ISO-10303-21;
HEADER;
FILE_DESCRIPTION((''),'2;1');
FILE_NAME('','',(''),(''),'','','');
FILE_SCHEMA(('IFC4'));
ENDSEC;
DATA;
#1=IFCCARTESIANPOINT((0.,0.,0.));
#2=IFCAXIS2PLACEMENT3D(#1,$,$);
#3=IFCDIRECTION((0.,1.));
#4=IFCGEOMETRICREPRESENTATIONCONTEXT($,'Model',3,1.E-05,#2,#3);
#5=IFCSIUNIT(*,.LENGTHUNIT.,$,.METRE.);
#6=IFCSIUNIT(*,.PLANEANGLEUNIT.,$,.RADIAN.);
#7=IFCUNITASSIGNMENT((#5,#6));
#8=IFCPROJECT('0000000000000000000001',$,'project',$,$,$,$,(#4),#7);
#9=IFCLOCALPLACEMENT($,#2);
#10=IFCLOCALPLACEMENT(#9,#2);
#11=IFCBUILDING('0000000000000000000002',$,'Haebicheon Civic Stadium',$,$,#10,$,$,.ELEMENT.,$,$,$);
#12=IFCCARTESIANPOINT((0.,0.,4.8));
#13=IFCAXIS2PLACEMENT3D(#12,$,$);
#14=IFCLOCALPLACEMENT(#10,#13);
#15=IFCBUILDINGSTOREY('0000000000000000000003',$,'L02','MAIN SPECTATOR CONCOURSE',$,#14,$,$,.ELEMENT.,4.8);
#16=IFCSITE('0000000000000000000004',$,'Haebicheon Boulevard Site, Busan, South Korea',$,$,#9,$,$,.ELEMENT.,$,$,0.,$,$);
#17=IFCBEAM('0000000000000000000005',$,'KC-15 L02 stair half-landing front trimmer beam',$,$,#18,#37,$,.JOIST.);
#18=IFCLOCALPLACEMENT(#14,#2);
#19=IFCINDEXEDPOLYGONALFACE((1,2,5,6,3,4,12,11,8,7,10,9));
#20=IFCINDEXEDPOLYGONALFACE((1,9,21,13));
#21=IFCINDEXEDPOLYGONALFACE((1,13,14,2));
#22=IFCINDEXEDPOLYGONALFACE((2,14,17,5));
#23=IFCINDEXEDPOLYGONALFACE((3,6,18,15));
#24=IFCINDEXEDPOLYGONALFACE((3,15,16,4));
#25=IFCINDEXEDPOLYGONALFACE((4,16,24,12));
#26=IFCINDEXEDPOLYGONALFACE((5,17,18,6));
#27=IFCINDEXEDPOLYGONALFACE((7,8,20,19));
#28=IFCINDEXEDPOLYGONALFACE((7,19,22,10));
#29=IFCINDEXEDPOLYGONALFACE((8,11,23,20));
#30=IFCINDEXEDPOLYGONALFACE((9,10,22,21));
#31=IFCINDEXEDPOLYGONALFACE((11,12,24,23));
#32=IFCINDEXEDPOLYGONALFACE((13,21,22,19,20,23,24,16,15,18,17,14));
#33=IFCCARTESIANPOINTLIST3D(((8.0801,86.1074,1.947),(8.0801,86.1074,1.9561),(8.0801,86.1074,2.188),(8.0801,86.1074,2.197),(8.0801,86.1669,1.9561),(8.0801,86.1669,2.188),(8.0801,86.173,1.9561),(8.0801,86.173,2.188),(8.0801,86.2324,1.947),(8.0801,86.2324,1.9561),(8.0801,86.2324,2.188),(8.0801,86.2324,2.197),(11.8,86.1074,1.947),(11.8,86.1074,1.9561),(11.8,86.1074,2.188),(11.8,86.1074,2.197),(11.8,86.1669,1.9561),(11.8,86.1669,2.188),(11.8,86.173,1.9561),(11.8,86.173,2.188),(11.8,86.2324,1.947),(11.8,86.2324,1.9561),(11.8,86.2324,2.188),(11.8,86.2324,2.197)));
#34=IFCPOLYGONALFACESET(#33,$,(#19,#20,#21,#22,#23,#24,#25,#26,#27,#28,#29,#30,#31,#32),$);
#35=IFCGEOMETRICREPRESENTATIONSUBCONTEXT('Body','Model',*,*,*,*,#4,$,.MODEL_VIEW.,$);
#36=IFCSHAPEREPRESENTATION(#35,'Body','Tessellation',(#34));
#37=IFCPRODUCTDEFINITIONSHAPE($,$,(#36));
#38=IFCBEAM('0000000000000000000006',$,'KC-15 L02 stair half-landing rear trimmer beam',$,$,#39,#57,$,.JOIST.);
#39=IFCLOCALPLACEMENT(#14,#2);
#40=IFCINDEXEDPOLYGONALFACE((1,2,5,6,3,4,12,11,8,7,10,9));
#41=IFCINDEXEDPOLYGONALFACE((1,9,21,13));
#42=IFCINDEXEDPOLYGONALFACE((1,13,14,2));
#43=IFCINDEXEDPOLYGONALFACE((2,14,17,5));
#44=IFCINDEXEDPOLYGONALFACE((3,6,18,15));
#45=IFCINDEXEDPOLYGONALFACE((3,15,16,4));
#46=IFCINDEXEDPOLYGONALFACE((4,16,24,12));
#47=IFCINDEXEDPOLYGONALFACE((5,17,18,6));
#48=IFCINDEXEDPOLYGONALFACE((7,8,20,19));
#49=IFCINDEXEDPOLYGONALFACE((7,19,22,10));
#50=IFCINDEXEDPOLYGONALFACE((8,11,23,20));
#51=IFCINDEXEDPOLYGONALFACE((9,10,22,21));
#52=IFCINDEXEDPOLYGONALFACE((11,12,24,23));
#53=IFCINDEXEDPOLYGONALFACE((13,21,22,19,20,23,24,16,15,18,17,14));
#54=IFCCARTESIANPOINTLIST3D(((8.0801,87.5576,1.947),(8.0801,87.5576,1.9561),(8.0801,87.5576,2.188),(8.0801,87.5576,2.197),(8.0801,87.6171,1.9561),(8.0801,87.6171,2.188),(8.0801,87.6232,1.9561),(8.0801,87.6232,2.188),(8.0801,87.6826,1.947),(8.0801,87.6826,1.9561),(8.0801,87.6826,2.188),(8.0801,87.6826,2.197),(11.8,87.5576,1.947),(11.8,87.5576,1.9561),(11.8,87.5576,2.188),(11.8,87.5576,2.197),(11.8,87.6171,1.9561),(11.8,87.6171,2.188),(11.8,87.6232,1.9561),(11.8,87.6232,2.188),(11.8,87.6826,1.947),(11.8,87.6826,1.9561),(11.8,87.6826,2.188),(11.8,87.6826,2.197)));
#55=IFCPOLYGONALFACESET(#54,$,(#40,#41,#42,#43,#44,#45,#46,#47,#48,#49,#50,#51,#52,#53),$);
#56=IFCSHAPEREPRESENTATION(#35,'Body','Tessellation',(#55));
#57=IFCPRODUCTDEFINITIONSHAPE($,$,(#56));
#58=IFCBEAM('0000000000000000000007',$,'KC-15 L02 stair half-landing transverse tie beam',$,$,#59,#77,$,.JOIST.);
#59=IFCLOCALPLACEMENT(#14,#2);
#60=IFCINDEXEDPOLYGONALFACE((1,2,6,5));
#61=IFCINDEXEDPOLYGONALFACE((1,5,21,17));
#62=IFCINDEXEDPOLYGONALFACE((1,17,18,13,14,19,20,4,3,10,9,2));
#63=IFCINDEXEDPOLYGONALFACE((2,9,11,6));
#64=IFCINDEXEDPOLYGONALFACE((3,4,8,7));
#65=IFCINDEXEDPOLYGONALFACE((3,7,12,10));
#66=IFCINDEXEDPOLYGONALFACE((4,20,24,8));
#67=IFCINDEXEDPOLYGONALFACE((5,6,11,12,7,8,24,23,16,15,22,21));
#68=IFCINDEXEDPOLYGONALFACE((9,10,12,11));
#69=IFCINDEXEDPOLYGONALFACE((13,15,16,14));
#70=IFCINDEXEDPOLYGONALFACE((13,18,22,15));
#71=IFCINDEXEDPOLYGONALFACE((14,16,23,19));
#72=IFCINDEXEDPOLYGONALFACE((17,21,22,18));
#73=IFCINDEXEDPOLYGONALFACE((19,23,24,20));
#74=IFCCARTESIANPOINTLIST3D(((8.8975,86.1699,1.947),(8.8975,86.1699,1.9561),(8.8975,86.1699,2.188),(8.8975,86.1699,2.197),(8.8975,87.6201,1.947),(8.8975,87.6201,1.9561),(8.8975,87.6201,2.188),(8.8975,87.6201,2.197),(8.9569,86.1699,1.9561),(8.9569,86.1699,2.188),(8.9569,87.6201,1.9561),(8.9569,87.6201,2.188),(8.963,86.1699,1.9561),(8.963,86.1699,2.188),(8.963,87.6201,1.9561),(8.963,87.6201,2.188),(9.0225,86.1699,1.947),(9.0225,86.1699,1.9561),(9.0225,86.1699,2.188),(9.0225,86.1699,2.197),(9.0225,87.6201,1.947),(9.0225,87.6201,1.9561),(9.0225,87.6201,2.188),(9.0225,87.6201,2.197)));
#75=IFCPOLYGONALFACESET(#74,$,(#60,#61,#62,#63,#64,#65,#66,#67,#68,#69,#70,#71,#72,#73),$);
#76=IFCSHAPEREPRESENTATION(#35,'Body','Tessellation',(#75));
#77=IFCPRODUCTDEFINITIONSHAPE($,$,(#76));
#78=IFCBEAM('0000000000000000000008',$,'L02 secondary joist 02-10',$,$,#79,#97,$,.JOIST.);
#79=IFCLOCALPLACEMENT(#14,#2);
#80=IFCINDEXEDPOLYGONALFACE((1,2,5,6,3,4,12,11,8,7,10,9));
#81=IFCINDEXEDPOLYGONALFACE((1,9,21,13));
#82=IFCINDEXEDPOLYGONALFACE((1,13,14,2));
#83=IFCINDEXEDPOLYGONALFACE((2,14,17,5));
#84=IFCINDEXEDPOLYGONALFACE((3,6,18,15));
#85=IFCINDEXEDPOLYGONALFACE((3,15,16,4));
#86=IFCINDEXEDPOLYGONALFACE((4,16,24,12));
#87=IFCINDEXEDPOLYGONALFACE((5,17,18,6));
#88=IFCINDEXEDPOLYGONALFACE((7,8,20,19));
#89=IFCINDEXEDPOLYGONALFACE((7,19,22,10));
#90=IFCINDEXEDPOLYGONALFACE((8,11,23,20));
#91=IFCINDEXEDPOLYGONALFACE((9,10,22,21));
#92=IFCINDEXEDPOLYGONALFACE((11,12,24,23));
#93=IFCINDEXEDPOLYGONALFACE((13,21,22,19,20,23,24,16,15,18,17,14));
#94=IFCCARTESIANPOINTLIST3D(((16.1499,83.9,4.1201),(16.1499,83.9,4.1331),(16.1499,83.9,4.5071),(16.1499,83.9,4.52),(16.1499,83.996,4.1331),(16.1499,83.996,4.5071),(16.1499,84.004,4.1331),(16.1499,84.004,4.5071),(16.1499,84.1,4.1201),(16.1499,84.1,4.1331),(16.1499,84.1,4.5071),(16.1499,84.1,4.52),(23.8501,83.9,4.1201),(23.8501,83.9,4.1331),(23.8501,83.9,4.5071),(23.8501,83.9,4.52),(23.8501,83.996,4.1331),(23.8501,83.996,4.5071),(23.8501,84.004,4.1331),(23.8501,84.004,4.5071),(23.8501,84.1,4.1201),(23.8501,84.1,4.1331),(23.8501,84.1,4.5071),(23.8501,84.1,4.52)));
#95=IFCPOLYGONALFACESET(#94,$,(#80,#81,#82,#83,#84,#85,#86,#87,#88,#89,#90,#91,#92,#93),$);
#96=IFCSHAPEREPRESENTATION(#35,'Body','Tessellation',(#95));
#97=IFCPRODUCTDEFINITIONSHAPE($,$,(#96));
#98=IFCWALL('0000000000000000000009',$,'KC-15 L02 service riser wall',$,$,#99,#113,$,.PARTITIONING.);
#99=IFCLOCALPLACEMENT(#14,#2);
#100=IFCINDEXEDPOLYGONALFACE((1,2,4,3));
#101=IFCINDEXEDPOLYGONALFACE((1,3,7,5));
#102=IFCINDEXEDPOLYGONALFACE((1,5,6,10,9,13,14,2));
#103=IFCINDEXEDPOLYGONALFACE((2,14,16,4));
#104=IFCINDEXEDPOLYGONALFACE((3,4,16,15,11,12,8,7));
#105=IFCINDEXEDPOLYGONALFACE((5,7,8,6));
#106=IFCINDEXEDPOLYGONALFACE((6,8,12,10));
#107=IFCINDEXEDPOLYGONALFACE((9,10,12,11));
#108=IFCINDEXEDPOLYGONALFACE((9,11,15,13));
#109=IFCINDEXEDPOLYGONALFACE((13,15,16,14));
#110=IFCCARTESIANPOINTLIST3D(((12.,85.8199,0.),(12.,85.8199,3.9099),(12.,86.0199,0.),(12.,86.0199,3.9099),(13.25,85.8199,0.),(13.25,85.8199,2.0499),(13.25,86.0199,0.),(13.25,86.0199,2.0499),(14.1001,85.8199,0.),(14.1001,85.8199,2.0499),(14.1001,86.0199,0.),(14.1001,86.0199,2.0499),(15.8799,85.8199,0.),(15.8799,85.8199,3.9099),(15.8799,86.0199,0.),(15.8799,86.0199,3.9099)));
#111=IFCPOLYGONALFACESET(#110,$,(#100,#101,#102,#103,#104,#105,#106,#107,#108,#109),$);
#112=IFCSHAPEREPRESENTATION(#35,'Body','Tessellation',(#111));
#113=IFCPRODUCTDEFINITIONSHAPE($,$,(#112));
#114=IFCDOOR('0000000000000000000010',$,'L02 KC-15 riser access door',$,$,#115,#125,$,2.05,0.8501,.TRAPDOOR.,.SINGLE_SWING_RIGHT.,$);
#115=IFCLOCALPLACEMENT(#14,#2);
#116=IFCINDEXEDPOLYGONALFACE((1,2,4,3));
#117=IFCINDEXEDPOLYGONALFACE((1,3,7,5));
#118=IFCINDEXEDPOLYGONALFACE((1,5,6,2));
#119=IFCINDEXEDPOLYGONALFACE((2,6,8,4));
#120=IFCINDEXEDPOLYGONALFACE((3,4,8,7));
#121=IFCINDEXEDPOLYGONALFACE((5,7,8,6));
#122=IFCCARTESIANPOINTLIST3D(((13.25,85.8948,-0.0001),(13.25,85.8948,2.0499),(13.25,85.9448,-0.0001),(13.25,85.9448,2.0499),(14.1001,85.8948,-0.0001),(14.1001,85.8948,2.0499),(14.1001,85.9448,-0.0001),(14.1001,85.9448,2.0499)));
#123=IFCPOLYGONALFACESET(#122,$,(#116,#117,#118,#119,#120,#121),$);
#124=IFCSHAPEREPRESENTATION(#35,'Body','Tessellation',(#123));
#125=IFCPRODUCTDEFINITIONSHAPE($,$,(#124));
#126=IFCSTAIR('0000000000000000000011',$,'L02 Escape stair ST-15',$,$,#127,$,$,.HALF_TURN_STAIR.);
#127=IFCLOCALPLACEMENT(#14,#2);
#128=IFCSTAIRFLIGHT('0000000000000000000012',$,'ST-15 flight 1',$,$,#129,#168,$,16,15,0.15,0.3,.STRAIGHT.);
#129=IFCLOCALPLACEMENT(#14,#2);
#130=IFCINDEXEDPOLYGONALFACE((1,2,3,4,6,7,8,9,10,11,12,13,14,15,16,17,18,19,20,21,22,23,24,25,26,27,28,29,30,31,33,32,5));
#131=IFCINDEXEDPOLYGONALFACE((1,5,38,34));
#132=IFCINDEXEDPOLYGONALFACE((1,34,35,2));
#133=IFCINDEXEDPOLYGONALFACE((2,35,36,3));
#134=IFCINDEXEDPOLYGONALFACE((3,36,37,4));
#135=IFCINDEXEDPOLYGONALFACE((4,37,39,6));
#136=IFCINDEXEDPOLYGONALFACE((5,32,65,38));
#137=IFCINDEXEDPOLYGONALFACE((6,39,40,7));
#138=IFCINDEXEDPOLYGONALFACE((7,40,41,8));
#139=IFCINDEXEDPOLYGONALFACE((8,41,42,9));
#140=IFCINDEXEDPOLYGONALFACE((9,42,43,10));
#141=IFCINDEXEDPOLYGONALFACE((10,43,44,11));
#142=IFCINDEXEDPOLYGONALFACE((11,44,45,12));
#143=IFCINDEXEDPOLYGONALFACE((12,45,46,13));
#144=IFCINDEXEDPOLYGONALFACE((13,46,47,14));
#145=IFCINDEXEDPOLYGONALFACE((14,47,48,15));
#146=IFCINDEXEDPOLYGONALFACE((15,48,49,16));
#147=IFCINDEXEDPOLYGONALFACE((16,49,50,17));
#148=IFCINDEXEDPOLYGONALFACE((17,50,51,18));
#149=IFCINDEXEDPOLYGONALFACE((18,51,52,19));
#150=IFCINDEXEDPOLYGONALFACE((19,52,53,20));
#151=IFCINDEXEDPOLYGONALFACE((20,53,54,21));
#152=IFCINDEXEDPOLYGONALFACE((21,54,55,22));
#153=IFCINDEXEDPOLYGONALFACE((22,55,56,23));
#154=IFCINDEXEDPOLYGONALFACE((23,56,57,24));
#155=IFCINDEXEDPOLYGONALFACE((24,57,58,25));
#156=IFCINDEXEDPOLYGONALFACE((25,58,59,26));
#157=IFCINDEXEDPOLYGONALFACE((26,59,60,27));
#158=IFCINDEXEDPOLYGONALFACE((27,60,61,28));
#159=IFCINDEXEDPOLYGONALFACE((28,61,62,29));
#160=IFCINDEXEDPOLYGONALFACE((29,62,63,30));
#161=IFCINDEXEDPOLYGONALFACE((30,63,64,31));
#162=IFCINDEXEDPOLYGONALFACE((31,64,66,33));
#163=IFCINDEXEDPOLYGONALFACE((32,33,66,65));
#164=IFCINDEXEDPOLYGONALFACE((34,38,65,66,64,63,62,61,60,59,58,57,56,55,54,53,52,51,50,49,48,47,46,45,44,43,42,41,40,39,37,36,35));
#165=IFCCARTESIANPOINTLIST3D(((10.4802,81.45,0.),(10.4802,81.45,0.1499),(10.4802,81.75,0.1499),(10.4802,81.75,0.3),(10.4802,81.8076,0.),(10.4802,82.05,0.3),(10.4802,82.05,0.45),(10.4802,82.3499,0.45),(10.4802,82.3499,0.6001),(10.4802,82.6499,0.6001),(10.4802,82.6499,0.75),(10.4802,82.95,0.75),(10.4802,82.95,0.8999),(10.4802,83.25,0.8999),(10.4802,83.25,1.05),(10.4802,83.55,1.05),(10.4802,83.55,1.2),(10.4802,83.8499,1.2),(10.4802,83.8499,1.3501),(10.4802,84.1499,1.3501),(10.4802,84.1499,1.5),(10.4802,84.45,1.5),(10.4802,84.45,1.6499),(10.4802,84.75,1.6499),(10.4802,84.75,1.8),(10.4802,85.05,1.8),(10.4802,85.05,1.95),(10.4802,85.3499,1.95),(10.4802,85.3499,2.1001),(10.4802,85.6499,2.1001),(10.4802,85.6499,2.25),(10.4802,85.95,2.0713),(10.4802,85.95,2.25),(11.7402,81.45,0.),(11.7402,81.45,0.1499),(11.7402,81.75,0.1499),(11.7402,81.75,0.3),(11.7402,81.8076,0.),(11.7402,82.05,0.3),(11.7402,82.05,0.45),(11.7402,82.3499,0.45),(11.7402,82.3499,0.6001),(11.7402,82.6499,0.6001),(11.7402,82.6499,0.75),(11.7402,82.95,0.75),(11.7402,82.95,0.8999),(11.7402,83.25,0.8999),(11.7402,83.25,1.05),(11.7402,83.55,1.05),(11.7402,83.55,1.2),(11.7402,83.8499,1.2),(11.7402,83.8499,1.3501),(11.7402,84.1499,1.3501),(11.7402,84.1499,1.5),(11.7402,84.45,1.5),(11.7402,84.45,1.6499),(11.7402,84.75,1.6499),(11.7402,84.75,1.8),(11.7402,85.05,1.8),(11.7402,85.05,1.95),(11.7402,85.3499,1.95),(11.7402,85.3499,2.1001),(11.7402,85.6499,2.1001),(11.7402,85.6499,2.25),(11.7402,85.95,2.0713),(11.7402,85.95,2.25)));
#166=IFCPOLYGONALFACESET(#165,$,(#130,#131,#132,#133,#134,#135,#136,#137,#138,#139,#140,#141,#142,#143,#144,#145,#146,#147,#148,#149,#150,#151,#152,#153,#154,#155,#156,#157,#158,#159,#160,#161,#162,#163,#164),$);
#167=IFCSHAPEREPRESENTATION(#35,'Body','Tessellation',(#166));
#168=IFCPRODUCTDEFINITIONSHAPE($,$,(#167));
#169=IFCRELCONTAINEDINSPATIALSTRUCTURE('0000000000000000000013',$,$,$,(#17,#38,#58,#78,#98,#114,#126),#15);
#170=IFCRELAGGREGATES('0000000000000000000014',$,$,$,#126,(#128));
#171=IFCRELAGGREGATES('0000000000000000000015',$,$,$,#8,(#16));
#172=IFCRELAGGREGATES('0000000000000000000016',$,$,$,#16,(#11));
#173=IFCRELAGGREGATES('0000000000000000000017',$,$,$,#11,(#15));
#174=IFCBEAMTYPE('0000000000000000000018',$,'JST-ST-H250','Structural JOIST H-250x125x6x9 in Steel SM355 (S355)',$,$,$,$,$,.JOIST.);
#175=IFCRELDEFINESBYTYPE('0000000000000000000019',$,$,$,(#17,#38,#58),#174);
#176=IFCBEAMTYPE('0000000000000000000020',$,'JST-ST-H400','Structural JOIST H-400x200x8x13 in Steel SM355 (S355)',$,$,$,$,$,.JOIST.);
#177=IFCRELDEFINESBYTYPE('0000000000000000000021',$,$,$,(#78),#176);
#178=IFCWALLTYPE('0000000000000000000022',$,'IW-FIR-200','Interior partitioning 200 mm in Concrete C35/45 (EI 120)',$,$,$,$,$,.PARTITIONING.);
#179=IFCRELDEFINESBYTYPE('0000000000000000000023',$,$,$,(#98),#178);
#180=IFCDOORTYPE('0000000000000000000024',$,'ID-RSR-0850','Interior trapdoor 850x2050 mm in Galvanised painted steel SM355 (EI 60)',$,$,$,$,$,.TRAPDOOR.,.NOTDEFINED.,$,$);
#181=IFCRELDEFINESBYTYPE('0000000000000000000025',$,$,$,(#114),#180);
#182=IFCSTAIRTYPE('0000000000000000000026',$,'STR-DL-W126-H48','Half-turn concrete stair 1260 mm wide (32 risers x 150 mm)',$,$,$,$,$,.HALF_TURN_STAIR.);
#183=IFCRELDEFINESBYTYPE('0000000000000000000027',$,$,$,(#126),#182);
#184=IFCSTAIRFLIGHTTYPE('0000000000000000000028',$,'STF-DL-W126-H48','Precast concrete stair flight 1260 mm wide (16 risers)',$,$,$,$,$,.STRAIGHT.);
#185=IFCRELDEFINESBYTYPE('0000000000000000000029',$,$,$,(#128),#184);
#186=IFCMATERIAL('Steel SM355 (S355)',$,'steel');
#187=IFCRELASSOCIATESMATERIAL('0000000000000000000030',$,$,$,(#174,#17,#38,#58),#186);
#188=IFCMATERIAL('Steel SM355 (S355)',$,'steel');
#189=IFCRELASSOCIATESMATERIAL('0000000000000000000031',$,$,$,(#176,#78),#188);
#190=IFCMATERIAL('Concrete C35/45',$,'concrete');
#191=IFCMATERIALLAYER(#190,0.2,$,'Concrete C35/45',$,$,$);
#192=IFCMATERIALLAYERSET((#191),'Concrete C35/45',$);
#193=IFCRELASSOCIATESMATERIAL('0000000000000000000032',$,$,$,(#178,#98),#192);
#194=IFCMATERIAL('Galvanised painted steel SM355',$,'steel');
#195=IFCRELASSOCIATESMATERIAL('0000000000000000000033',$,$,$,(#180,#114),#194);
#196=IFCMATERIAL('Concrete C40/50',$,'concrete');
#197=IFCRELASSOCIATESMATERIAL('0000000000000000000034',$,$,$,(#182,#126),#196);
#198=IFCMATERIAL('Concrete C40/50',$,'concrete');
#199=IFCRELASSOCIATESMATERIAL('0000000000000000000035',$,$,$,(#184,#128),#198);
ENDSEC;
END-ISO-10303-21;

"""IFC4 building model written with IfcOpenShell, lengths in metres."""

from ifc_helpers import new_model, si_unit, direction, frame, frame_2d, origin, origin_2d, place, context, subcontext, project, spatial, polyline, rectangle, i_section, outline, extrude, material, layer, layer_set, material_profile, profile_set, type_object, element, fill, aggregate, save


model = new_model("IFC4")

# Units and contexts
model_context = context("Model", 3, precision=1e-05, world=origin(), true_north=direction((0.0, 1.0)))
body_context = subcontext(model_context, "Body", "Model", "MODEL_VIEW")
ifc_project = project(units=[si_unit("LENGTHUNIT", "METRE"), si_unit("PLANEANGLEUNIT", "RADIAN")], contexts=[model_context])

# Site, building, storey
site_placement = place(None, origin())
site = spatial("IfcSite", under=ifc_project, at=site_placement, Name="Haebicheon Boulevard Site, Busan, South Korea", CompositionType="ELEMENT", RefElevation=0.0)
building_placement = place(site_placement, origin())
building = spatial("IfcBuilding", under=site, at=building_placement, Name="Haebicheon Civic Stadium", CompositionType="ELEMENT")
storey_placement = place(building_placement, frame((0.0, 0.0, 4.8)))
storey = spatial("IfcBuildingStorey", under=building, at=storey_placement, Name="L02", Description="MAIN SPECTATOR CONCOURSE", CompositionType="ELEMENT", Elevation=4.8)

# Beams
ifc_material_1 = material(Name="Steel SM355 (S355)", Category="steel")
ifc_material_profile_1 = material_profile(ifc_material_1, i_section(OverallWidth=0.125, OverallDepth=0.25, WebThickness=0.0061, FlangeThickness=0.009, at=origin_2d()), Name="H-250x125x6x9")
ifc_profile_set_1 = profile_set([ifc_material_profile_1], Name="Steel SM355 (S355)")
beam_type_1 = type_object("IfcBeamType", Name="JST-ST-H250", Description="Structural JOIST H-250x125x6x9 in Steel SM355 (S355)", PredefinedType="JOIST", material=ifc_profile_set_1)
for number, where, z_axis, x_axis, name in (
    (1, (8.0801, 86.1699, 2.072), (1.0, 0.0, 0.0), (0.0, 1.0, 0.0), "KC-15 L02 stair half-landing front trimmer beam"),
    (2, (8.0801, 87.6201, 2.072), (1.0, 0.0, 0.0), (0.0, 1.0, 0.0), "KC-15 L02 stair half-landing rear trimmer beam"),
):
    element("IfcBeam", number, at=place(storey_placement, frame(where, z_axis=z_axis, x_axis=x_axis)), inside=storey, type_object=beam_type_1, material=ifc_profile_set_1, Name=name, PredefinedType="JOIST", context=body_context, shape_type="SweptSolid", body=[
        extrude(i_section(OverallWidth=0.125, OverallDepth=0.25, WebThickness=0.0061, FlangeThickness=0.009, at=origin_2d()), origin(), (0.0, 0.0, 1.0), 3.72),
    ])
beam_1_placement = place(storey_placement, frame((8.96, 86.1699, 2.072), z_axis=(0.0, 1.0, 0.0), x_axis=(-1.0, 0.0, 0.0)))
element("IfcBeam", 3, at=beam_1_placement, inside=storey, type_object=beam_type_1, material=ifc_profile_set_1, Name="KC-15 L02 stair half-landing transverse tie beam", PredefinedType="JOIST", context=body_context, shape_type="SweptSolid", body=[
    extrude(i_section(OverallWidth=0.125, OverallDepth=0.25, WebThickness=0.0061, FlangeThickness=0.009, at=origin_2d()), origin(), (0.0, 0.0, 1.0), 1.4502),
])
ifc_material_2 = material(Name="Steel SM355 (S355)", Category="steel")
ifc_material_profile_2 = material_profile(ifc_material_2, i_section(OverallWidth=0.2, OverallDepth=0.3999, WebThickness=0.0081, FlangeThickness=0.0129, at=origin_2d()), Name="H-400x200x8x13")
ifc_profile_set_2 = profile_set([ifc_material_profile_2], Name="Steel SM355 (S355)")
beam_type_2 = type_object("IfcBeamType", Name="JST-ST-H400", Description="Structural JOIST H-400x200x8x13 in Steel SM355 (S355)", PredefinedType="JOIST", material=ifc_profile_set_2)
beam_2_placement = place(storey_placement, frame((16.1499, 84.0, 4.3201), z_axis=(1.0, 0.0, 0.0), x_axis=(0.0, 1.0, 0.0)))
element("IfcBeam", 4, at=beam_2_placement, inside=storey, type_object=beam_type_2, material=ifc_profile_set_2, Name="L02 secondary joist 02-10", PredefinedType="JOIST", context=body_context, shape_type="SweptSolid", body=[
    extrude(i_section(OverallWidth=0.2, OverallDepth=0.3999, WebThickness=0.0081, FlangeThickness=0.0129, at=origin_2d()), origin(), (0.0, 0.0, 1.0), 7.7002),
])

# Wall, opening, door
ifc_material_3 = material(Name="Concrete C35/45", Category="concrete")
ifc_layer = layer(ifc_material_3, 0.2, Name="Concrete C35/45")
ifc_layer_set = layer_set([ifc_layer], Name="Concrete C35/45")
wall_type = type_object("IfcWallType", Name="IW-FIR-200", Description="Interior partitioning 200 mm in Concrete C35/45 (EI 120)", PredefinedType="PARTITIONING", material=ifc_layer_set)
wall_placement = place(storey_placement, frame((12.0, 85.9199, 0.0), z_axis=(0.0, 0.0, 1.0), x_axis=(1.0, 0.0, 0.0)))
wall = element("IfcWall", 5, at=wall_placement, inside=storey, type_object=wall_type, material=ifc_layer_set, Name="KC-15 L02 service riser wall", PredefinedType="PARTITIONING", context=body_context, shape_type="SweptSolid", body=[
    extrude(rectangle(XDim=3.8799, YDim=0.2, at=frame_2d((1.9399, 0.0))), origin(), (0.0, 0.0, 1.0), 3.9099),
])
opening_placement = place(wall_placement, frame((1.25, 0.0, 0.0)))
opening = element("IfcOpeningElement", 6, at=opening_placement, cuts=wall, PredefinedType="OPENING", context=body_context, shape_type="SweptSolid", body=[
    extrude(rectangle(XDim=0.8501, YDim=2.05, at=frame_2d((0.425, 1.0249))), frame((0.0, 0.1099, 0.0), z_axis=(0.0, -1.0, 0.0), x_axis=(1.0, 0.0, 0.0)), (0.0, 0.0, 1.0), 0.22),
])
ifc_material_4 = material(Name="Galvanised painted steel SM355", Category="steel")
door_type = type_object("IfcDoorType", Name="ID-RSR-0850", Description="Interior trapdoor 850x2050 mm in Galvanised painted steel SM355 (EI 60)", OperationType="NOTDEFINED", PredefinedType="TRAPDOOR", material=ifc_material_4)
door_placement = place(opening_placement, origin())
door = element("IfcDoor", 7, at=door_placement, inside=storey, type_object=door_type, material=ifc_material_4, Name="L02 KC-15 riser access door", OperationType="SINGLE_SWING_RIGHT", OverallHeight=2.05, OverallWidth=0.8501, PredefinedType="TRAPDOOR", context=body_context, shape_type="SweptSolid", body=[
    extrude(rectangle(XDim=0.8501, YDim=2.05, at=frame_2d((0.425, 1.0249))), frame((0.0, 0.0249, 0.0), z_axis=(0.0, -1.0, 0.0), x_axis=(1.0, 0.0, 0.0)), (0.0, 0.0, 1.0), 0.05),
])
fill(opening, door)

# Stair, stair flight
ifc_material_5 = material(Name="Concrete C40/50", Category="concrete")
stair_type = type_object("IfcStairType", Name="STR-DL-W126-H48", Description="Half-turn concrete stair 1260 mm wide (32 risers x 150 mm)", PredefinedType="HALF_TURN_STAIR", material=ifc_material_5)
stair_placement = place(storey_placement, origin())
stair = element("IfcStair", 8, at=stair_placement, inside=storey, type_object=stair_type, material=ifc_material_5, Name="L02 Escape stair ST-15", PredefinedType="HALF_TURN_STAIR")
ifc_material_6 = material(Name="Concrete C40/50", Category="concrete")
stair_flight_type = type_object("IfcStairFlightType", Name="STF-DL-W126-H48", Description="Precast concrete stair flight 1260 mm wide (16 risers)", PredefinedType="STRAIGHT", material=ifc_material_6)
stair_flight_1_placement = place(storey_placement, frame((11.1101, 81.45, 0.0), z_axis=(0.0, 0.0, 1.0), x_axis=(0.0, 1.0, 0.0)))
stair_flight_1 = element("IfcStairFlight", 9, at=stair_flight_1_placement, type_object=stair_flight_type, material=ifc_material_6, Name="ST-15 flight 1", NumberOfRisers=16, NumberOfTreads=15, PredefinedType="STRAIGHT", RiserHeight=0.15, TreadLength=0.3, context=body_context, shape_type="SweptSolid", body=[
    extrude(outline(polyline([(0.0, 0.0), (0.0, 0.1499), (0.3, 0.1499), (0.3, 0.3), (0.6001, 0.3), (0.6001, 0.45), (0.8999, 0.45), (0.8999, 0.6001), (1.2, 0.6001), (1.2, 0.75), (1.5, 0.75), (1.5, 0.8999), (1.8, 0.8999), (1.8, 1.05), (2.1001, 1.05), (2.1001, 1.2), (2.3999, 1.2), (2.3999, 1.3501), (2.7, 1.3501), (2.7, 1.5), (3.0, 1.5), (3.0, 1.6499), (3.3, 1.6499), (3.3, 1.8), (3.6001, 1.8), (3.6001, 1.95), (3.8999, 1.95), (3.8999, 2.1001), (4.2, 2.1001), (4.2, 2.25), (4.5, 2.25), (4.5, 2.3999), (4.5, 2.0713), (0.3577, 0.0), (0.0, 0.0)])), frame((0.0, 0.6299, 0.0), z_axis=(0.0, -1.0, 0.0), x_axis=(1.0, 0.0, 0.0)), (0.0, 0.0, 1.0), 1.26),
])
aggregate(stair, [stair_flight_1])

save(model, "model.ifc")
